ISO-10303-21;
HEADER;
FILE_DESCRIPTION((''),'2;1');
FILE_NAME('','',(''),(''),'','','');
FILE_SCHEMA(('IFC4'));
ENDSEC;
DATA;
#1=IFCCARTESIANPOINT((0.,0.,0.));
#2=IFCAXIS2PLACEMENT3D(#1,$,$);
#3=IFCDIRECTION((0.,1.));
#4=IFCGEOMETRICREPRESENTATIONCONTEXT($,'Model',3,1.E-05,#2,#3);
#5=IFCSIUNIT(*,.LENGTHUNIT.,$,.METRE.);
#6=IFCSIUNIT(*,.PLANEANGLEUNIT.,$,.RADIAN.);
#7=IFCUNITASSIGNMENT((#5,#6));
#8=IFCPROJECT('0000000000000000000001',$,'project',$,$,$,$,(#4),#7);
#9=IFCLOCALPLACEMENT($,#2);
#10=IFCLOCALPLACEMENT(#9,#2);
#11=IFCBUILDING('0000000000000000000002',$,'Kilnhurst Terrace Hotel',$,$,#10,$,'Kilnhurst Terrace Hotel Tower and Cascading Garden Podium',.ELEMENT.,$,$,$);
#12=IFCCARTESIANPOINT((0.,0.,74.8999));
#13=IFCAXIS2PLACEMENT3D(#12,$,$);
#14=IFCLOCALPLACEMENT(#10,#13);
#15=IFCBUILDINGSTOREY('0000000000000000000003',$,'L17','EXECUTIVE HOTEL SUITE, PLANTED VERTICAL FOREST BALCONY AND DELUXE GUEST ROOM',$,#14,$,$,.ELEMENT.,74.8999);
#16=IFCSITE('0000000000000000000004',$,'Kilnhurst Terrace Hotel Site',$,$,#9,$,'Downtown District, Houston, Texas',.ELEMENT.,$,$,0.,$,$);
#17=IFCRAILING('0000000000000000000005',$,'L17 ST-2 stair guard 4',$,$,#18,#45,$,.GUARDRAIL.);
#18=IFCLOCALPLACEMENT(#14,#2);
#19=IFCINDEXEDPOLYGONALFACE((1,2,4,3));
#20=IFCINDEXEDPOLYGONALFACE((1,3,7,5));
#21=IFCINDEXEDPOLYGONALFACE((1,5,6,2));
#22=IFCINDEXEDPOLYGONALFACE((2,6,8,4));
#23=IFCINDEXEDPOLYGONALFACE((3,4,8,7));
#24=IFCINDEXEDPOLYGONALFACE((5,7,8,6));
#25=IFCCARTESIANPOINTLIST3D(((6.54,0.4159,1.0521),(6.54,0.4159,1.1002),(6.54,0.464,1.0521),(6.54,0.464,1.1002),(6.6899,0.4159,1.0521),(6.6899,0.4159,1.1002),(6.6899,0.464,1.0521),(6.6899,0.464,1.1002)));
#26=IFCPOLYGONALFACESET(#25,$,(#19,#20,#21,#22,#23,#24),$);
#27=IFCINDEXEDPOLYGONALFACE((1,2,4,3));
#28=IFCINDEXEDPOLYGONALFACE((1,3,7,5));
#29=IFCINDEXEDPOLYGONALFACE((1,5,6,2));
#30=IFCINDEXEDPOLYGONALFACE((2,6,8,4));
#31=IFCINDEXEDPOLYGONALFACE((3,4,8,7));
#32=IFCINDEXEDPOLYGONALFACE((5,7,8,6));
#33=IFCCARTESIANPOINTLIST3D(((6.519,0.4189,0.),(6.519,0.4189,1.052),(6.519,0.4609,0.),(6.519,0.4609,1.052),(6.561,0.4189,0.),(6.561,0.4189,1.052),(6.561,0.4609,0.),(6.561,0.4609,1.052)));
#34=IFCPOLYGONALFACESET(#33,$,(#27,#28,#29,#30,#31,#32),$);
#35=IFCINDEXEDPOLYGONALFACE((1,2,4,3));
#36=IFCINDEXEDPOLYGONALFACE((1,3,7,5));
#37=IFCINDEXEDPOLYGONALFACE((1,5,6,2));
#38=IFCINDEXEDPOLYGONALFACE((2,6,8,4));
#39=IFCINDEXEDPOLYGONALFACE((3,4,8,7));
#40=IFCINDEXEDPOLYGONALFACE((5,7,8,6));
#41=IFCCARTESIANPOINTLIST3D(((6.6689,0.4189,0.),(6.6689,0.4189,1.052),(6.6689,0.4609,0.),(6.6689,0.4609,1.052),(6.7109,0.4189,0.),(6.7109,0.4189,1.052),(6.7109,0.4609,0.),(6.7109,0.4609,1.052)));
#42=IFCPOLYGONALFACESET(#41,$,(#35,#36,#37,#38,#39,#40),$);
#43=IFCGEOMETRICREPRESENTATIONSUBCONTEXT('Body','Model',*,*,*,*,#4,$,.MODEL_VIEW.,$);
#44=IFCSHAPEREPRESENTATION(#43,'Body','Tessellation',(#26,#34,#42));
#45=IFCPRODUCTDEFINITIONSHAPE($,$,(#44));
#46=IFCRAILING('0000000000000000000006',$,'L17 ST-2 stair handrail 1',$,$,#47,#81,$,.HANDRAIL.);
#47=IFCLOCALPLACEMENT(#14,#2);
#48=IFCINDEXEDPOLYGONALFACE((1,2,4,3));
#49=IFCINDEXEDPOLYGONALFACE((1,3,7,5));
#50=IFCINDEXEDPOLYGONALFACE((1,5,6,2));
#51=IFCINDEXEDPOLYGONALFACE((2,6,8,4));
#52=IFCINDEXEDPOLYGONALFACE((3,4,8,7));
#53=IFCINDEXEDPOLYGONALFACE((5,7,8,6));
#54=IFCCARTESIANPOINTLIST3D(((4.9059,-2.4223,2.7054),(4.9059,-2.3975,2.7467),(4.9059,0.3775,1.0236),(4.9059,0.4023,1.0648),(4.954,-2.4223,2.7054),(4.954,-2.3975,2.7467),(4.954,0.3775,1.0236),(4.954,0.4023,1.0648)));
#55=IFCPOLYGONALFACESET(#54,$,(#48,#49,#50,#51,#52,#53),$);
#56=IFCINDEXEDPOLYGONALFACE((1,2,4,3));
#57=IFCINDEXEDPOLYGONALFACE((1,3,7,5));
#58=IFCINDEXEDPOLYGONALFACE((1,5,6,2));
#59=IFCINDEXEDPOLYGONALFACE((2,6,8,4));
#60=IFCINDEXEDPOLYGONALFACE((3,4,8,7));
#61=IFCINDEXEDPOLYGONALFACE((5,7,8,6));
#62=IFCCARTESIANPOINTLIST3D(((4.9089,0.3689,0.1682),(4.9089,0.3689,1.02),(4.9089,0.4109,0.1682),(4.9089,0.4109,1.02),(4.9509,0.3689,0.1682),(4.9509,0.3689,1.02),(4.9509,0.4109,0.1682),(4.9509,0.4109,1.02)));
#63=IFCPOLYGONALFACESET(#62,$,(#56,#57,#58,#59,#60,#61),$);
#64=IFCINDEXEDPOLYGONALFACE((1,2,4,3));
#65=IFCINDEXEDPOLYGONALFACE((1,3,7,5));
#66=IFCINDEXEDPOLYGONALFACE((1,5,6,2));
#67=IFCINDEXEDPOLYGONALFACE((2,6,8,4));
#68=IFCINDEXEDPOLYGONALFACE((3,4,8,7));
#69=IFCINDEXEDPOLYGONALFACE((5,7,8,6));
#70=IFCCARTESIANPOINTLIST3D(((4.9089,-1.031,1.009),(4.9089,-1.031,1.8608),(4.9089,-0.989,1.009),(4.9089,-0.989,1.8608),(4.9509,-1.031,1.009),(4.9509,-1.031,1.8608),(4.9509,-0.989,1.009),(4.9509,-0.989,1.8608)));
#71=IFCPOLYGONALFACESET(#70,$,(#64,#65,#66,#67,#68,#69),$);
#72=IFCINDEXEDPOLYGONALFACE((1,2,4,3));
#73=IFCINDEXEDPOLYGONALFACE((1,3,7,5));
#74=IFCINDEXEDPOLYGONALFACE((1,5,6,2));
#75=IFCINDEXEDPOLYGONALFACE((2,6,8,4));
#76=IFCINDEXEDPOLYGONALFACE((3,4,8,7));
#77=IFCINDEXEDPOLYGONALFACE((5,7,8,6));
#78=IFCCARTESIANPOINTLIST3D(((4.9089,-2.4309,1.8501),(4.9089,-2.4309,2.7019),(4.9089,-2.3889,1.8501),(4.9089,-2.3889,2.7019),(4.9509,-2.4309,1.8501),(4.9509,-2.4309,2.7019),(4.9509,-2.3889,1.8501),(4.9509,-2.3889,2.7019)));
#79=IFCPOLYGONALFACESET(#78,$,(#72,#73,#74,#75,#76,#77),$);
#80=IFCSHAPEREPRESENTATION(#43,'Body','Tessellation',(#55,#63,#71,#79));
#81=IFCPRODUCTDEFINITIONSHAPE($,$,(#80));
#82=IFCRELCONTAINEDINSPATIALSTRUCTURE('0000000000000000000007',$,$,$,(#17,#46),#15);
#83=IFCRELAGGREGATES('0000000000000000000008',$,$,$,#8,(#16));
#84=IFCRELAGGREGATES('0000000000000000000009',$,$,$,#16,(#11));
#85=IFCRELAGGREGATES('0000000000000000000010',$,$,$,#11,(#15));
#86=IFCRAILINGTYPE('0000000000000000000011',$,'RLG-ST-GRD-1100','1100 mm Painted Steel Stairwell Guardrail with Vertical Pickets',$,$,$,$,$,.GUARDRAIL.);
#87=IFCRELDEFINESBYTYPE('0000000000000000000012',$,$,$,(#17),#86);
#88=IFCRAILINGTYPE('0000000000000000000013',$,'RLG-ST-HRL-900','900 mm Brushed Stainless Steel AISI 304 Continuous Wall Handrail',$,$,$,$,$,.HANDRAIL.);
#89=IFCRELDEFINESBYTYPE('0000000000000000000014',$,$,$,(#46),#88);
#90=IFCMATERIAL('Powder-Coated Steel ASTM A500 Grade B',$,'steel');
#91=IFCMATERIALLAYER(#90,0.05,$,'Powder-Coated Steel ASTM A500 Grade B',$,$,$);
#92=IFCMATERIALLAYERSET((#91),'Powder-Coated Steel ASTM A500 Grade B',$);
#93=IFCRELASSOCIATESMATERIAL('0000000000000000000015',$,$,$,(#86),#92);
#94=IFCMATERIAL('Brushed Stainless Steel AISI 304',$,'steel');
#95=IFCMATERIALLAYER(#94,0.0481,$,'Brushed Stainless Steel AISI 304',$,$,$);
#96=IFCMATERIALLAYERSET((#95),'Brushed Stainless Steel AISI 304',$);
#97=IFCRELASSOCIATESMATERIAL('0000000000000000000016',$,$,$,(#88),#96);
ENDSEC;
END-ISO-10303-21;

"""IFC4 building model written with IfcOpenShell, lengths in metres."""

from ifc_helpers import new_model, si_unit, direction, frame, origin, origin_2d, place, context, subcontext, project, spatial, rectangle, extrude, material, layer, layer_set, type_object, element, save


model = new_model("IFC4")

# Units and contexts
model_context = context("Model", 3, precision=1e-05, world=origin(), true_north=direction((0.0, 1.0)))
body_context = subcontext(model_context, "Body", "Model", "MODEL_VIEW")
ifc_project = project(units=[si_unit("LENGTHUNIT", "METRE"), si_unit("PLANEANGLEUNIT", "RADIAN")], contexts=[model_context])

# Site, building, storey
site_placement = place(None, origin())
site = spatial("IfcSite", under=ifc_project, at=site_placement, Name="Kilnhurst Terrace Hotel Site", LongName="Downtown District, Houston, Texas", CompositionType="ELEMENT", RefElevation=0.0)
building_placement = place(site_placement, origin())
building = spatial("IfcBuilding", under=site, at=building_placement, Name="Kilnhurst Terrace Hotel", LongName="Kilnhurst Terrace Hotel Tower and Cascading Garden Podium", CompositionType="ELEMENT")
storey_placement = place(building_placement, frame((0.0, 0.0, 74.8999)))
storey = spatial("IfcBuildingStorey", under=building, at=storey_placement, Name="L17", Description="EXECUTIVE HOTEL SUITE, PLANTED VERTICAL FOREST BALCONY AND DELUXE GUEST ROOM", CompositionType="ELEMENT", Elevation=74.8999)

# Railings
ifc_material_1 = material(Name="Powder-Coated Steel ASTM A500 Grade B", Category="steel")
ifc_layer_1 = layer(ifc_material_1, 0.05, Name="Powder-Coated Steel ASTM A500 Grade B")
ifc_layer_set_1 = layer_set([ifc_layer_1], Name="Powder-Coated Steel ASTM A500 Grade B")
railing_type_1 = type_object("IfcRailingType", Name="RLG-ST-GRD-1100", Description="1100 mm Painted Steel Stairwell Guardrail with Vertical Pickets", PredefinedType="GUARDRAIL", material=ifc_layer_set_1)
railing_1_placement = place(storey_placement, frame((6.54, 0.4399, 0.0)))
element("IfcRailing", 1, at=railing_1_placement, inside=storey, type_object=railing_type_1, Name="L17 ST-2 stair guard 4", PredefinedType="GUARDRAIL", context=body_context, shape_type="SweptSolid", body=[
    extrude(rectangle(XDim=0.0481, YDim=0.0481, at=origin_2d()), frame((0.0, 0.0, 1.0762), z_axis=(1.0, 0.0, 0.0), x_axis=(0.0, 1.0, 0.0)), (0.0, 0.0, 1.0), 0.1499),
    extrude(rectangle(XDim=0.042, YDim=0.042, at=origin_2d()), origin(), (0.0, 0.0, 1.0), 1.052),
    extrude(rectangle(XDim=0.042, YDim=0.042, at=origin_2d()), frame((0.1499, 0.0, 0.0)), (0.0, 0.0, 1.0), 1.052),
])
ifc_material_2 = material(Name="Brushed Stainless Steel AISI 304", Category="steel")
ifc_layer_2 = layer(ifc_material_2, 0.0481, Name="Brushed Stainless Steel AISI 304")
ifc_layer_set_2 = layer_set([ifc_layer_2], Name="Brushed Stainless Steel AISI 304")
railing_type_2 = type_object("IfcRailingType", Name="RLG-ST-HRL-900", Description="900 mm Brushed Stainless Steel AISI 304 Continuous Wall Handrail", PredefinedType="HANDRAIL", material=ifc_layer_set_2)
railing_2_placement = place(storey_placement, frame((4.9299, 0.3899, 0.1682)))
element("IfcRailing", 2, at=railing_2_placement, inside=storey, type_object=railing_type_2, Name="L17 ST-2 stair handrail 1", PredefinedType="HANDRAIL", context=body_context, shape_type="SweptSolid", body=[
    extrude(rectangle(XDim=0.0481, YDim=0.0481, at=origin_2d()), frame((0.0, 0.0, 0.876), z_axis=(0.0, -0.857222, 0.514946), x_axis=(1.0, 0.0, 0.0)), (0.0, 0.0, 1.0), 3.2661),
    extrude(rectangle(XDim=0.042, YDim=0.042, at=origin_2d()), origin(), (0.0, 0.0, 1.0), 0.8518),
    extrude(rectangle(XDim=0.042, YDim=0.042, at=origin_2d()), frame((0.0, -1.3999, 0.8408)), (0.0, 0.0, 1.0), 0.8518),
    extrude(rectangle(XDim=0.042, YDim=0.042, at=origin_2d()), frame((0.0, -2.7998, 1.6819)), (0.0, 0.0, 1.0), 0.8518),
])

save(model, "model.ifc")
